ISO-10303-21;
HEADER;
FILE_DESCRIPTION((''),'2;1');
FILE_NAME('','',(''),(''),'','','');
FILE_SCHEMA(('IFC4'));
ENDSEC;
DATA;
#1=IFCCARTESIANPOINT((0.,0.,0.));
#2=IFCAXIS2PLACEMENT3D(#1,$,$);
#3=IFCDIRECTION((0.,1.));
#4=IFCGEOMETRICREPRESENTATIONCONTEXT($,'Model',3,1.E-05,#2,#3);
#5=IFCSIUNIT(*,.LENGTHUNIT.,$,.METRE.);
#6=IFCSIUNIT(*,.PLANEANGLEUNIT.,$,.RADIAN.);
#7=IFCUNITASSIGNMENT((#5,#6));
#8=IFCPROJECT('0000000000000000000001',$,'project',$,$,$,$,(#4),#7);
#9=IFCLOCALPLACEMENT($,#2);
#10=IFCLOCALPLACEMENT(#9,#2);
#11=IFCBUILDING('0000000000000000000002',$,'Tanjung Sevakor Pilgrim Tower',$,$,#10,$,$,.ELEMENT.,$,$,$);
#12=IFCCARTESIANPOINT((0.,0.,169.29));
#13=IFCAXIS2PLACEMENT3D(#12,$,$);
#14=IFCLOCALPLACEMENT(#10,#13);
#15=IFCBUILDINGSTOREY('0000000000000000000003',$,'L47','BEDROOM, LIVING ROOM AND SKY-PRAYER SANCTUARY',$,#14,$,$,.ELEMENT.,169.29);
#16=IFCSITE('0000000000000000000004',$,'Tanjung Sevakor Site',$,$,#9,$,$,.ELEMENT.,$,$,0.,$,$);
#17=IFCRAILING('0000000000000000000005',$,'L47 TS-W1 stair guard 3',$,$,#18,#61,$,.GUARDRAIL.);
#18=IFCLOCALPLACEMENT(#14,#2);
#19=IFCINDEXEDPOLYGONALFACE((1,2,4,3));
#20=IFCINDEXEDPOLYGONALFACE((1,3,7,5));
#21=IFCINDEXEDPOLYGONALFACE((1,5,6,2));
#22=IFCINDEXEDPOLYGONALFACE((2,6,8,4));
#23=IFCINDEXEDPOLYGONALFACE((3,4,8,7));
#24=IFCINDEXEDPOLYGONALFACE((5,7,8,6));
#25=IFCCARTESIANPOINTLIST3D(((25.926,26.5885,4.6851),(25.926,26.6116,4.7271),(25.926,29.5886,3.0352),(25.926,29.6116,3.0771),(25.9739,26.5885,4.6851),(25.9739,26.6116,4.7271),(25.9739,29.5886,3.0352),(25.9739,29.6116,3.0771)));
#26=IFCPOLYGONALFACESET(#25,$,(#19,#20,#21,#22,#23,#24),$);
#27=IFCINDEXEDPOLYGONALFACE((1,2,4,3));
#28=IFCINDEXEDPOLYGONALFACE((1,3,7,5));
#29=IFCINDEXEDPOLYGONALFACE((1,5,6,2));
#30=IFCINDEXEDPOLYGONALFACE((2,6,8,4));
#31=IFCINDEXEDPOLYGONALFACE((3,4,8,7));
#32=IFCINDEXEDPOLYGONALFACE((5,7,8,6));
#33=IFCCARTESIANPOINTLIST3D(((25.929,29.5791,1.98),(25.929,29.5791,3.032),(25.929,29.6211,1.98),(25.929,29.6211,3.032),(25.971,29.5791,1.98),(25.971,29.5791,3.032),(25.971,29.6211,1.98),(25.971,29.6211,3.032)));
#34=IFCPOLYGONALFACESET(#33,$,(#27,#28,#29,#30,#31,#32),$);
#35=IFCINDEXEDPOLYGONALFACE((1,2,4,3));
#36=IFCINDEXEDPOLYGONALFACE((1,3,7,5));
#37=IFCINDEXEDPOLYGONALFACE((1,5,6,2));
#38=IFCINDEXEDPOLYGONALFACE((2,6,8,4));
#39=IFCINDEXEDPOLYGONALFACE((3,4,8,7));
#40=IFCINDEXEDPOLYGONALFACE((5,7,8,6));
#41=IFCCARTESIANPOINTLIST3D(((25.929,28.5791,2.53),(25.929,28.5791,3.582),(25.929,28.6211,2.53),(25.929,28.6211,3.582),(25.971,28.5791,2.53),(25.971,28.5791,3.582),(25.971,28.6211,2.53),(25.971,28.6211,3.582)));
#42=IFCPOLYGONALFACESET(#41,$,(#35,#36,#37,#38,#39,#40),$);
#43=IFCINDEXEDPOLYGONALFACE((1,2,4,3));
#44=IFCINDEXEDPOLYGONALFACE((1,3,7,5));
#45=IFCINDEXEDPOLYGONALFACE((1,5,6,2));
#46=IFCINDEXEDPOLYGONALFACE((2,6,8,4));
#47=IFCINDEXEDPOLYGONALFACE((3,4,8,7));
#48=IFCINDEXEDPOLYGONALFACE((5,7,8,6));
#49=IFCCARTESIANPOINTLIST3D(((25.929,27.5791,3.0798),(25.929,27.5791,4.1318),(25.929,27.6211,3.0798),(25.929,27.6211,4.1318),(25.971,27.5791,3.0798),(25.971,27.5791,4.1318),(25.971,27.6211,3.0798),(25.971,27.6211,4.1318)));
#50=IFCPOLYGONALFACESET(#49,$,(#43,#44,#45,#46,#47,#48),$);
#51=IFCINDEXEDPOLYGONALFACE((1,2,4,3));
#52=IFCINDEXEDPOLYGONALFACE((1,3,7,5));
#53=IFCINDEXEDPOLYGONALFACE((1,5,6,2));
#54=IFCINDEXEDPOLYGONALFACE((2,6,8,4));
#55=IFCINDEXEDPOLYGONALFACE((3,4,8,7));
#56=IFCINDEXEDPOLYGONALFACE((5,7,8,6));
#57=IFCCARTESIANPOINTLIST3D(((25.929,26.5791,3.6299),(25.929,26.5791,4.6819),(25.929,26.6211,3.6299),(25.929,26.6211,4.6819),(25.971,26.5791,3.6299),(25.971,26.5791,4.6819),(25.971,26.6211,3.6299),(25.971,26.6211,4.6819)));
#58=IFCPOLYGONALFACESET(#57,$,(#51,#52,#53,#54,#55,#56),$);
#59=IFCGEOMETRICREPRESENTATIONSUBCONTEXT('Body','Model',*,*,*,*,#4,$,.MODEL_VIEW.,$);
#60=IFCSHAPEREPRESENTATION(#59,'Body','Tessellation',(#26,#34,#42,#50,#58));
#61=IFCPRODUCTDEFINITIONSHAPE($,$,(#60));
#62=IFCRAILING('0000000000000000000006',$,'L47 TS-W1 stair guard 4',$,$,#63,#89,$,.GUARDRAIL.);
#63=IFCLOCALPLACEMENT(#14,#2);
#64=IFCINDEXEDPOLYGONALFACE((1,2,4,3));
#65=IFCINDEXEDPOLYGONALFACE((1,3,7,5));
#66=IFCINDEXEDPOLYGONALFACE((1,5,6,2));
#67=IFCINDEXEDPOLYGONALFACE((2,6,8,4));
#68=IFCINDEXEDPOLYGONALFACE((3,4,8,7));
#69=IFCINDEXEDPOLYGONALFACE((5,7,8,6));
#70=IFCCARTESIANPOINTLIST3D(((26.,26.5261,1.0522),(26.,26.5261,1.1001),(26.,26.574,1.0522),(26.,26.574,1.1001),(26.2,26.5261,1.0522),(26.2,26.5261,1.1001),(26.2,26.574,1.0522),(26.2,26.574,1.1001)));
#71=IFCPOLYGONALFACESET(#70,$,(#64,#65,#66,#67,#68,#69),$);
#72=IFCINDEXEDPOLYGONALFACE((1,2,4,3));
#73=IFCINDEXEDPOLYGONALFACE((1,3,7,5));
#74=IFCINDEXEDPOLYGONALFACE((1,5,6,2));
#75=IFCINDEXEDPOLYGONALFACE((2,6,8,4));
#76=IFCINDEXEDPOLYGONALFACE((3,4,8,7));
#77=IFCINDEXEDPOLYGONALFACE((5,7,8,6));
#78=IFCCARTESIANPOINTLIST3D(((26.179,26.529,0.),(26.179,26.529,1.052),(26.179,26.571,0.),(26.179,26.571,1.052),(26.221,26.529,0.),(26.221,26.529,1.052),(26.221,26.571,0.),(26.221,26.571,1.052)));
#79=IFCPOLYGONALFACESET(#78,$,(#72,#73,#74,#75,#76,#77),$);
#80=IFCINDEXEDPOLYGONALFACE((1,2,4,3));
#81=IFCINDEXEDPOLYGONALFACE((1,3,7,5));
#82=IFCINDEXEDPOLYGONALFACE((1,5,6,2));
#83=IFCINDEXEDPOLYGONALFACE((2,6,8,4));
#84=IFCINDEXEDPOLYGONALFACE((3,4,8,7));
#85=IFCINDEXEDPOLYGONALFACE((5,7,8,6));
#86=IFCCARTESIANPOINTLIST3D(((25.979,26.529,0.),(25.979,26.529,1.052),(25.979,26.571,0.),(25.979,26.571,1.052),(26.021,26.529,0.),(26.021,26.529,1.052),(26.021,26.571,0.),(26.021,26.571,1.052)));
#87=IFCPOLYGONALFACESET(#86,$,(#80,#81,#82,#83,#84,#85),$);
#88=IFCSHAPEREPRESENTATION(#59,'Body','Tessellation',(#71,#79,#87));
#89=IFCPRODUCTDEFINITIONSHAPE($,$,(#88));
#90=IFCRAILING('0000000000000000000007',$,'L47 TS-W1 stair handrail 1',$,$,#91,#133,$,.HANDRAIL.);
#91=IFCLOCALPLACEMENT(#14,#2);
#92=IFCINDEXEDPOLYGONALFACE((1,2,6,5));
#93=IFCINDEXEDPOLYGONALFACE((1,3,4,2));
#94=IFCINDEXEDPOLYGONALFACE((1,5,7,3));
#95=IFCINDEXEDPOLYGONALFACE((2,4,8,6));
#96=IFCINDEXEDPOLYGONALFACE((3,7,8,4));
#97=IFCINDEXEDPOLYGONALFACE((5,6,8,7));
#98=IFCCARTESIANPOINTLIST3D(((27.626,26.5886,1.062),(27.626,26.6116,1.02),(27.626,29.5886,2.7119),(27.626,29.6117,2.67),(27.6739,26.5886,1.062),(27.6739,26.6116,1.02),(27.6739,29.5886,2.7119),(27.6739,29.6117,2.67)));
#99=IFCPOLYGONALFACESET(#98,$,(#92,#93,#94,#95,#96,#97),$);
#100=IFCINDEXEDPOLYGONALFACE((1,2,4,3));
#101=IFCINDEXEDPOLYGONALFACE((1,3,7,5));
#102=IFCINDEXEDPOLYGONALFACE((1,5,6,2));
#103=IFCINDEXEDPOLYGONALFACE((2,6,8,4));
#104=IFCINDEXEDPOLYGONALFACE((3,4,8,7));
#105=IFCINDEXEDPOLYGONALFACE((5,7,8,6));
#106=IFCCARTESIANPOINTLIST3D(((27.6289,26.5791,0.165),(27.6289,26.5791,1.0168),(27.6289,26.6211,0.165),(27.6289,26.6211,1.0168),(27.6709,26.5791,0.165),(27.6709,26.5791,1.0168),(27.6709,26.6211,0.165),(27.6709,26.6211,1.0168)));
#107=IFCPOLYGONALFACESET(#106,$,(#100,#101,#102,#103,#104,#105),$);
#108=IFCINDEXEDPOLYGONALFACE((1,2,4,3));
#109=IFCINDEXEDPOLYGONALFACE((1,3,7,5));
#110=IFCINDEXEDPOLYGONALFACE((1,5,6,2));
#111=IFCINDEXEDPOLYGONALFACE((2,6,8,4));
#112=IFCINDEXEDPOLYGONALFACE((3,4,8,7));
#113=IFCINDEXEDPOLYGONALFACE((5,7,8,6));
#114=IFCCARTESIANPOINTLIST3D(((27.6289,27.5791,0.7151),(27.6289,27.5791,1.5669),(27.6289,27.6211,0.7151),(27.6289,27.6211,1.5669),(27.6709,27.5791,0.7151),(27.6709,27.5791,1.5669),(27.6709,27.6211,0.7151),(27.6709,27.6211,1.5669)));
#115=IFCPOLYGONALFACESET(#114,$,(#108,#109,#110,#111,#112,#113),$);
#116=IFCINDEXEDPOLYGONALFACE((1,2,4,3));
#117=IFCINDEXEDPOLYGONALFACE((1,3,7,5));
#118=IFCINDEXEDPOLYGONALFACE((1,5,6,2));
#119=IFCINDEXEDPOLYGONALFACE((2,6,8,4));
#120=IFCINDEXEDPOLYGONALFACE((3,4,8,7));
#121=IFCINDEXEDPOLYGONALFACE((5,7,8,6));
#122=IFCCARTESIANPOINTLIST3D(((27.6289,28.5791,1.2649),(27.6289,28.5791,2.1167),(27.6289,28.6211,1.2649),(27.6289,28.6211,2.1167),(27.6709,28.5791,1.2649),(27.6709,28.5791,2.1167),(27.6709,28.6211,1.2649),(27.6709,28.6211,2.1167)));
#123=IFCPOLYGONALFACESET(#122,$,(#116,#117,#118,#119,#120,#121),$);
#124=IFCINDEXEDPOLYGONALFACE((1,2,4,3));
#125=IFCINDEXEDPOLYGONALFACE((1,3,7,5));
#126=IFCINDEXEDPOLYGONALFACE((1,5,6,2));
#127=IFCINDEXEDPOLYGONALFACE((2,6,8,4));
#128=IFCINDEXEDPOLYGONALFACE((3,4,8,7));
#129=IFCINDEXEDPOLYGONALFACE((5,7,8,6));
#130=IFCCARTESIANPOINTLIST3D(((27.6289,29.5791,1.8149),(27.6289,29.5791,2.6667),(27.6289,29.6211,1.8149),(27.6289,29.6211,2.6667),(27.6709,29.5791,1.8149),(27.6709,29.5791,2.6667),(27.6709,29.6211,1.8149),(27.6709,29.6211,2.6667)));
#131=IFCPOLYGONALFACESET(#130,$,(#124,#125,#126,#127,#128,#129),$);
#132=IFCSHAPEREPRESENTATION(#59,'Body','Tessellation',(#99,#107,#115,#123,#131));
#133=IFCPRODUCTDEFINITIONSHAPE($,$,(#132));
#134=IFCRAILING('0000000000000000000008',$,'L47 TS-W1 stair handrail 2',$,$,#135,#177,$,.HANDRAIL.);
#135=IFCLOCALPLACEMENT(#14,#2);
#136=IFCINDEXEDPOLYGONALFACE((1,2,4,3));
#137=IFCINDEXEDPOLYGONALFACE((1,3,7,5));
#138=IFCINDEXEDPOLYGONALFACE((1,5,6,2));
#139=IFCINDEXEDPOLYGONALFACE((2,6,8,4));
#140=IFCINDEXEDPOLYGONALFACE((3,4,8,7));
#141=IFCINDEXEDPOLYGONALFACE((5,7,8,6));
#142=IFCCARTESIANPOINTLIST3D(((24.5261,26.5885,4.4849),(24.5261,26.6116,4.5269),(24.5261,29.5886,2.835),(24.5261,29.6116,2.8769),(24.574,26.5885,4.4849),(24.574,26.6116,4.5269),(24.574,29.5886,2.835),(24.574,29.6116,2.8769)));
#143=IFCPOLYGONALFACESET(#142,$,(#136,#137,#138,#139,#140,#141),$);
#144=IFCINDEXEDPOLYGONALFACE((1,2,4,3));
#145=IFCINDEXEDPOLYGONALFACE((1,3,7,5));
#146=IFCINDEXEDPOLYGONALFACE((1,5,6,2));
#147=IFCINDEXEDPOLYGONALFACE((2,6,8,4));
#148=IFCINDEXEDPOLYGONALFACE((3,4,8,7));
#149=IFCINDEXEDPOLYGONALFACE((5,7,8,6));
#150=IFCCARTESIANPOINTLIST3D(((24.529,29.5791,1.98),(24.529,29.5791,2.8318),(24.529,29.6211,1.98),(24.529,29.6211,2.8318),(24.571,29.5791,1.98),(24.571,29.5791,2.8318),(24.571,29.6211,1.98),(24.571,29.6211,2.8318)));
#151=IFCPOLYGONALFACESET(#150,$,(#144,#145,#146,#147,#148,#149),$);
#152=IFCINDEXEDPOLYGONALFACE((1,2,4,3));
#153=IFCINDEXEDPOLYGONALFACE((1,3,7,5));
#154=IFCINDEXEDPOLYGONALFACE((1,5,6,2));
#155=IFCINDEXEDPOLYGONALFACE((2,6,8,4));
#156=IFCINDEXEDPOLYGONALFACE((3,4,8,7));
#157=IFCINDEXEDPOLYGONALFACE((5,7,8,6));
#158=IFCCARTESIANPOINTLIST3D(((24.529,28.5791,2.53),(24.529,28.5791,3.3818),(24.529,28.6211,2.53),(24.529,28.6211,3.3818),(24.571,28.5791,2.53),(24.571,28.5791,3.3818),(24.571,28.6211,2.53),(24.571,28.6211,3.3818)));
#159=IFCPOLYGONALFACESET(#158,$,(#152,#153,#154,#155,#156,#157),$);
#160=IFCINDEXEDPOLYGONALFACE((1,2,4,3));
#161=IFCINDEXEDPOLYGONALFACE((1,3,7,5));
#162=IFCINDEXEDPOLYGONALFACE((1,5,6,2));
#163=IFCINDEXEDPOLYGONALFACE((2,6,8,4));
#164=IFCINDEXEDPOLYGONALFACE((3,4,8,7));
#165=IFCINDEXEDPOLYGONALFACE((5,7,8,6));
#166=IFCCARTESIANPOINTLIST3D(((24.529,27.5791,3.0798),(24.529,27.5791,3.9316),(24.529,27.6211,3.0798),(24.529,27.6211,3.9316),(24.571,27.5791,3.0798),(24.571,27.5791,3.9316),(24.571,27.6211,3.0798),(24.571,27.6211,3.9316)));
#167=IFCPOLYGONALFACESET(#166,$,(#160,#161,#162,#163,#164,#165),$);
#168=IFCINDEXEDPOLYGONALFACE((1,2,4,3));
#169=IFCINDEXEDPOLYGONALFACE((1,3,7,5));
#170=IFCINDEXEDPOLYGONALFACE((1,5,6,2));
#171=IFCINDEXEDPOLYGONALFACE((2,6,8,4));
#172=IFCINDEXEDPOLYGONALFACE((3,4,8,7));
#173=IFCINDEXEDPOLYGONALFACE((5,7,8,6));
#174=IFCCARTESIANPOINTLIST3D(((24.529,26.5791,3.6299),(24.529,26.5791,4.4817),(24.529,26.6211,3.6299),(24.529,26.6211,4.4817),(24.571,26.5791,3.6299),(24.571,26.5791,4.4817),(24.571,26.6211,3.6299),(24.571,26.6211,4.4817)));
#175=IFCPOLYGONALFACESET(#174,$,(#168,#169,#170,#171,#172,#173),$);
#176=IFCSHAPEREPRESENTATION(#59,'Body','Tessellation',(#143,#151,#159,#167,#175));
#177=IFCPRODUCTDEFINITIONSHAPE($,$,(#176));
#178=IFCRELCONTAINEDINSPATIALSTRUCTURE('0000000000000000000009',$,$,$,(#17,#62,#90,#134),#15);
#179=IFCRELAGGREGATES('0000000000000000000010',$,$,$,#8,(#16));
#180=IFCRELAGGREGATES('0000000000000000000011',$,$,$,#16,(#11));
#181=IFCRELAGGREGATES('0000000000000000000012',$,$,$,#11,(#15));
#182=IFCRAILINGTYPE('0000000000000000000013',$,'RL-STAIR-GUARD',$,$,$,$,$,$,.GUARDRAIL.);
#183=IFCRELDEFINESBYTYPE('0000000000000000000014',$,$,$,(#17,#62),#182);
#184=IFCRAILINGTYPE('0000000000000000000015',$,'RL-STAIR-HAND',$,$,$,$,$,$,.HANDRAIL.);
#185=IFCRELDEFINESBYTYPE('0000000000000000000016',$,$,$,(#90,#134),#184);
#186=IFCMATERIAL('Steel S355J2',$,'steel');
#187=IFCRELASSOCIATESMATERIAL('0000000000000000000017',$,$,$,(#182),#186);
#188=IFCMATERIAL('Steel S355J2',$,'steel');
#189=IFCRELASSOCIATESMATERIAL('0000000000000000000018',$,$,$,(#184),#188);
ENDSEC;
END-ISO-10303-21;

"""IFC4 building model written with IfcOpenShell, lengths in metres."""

from ifc_helpers import new_model, si_unit, direction, frame, origin, place, context, subcontext, project, spatial, rectangle, extrude, material, type_object, element, save


model = new_model("IFC4")

# Units and contexts
model_context = context("Model", 3, precision=1e-05, world=origin(), true_north=direction((0.0, 1.0)))
body_context = subcontext(model_context, "Body", "Model", "MODEL_VIEW")
ifc_project = project(units=[si_unit("LENGTHUNIT", "METRE"), si_unit("PLANEANGLEUNIT", "RADIAN")], contexts=[model_context])

# Site, building, storey
site_placement = place(None, origin())
site = spatial("IfcSite", under=ifc_project, at=site_placement, Name="Tanjung Sevakor Site", CompositionType="ELEMENT", RefElevation=0.0)
building_placement = place(site_placement, origin())
building = spatial("IfcBuilding", under=site, at=building_placement, Name="Tanjung Sevakor Pilgrim Tower", CompositionType="ELEMENT")
storey_placement = place(building_placement, frame((0.0, 0.0, 169.29)))
storey = spatial("IfcBuildingStorey", under=building, at=storey_placement, Name="L47", Description="BEDROOM, LIVING ROOM AND SKY-PRAYER SANCTUARY", CompositionType="ELEMENT", Elevation=169.29)

# Railings
ifc_material_1 = material(Name="Steel S355J2", Category="steel")
railing_type_1 = type_object("IfcRailingType", Name="RL-STAIR-GUARD", PredefinedType="GUARDRAIL", material=ifc_material_1)
railing_1_placement = place(storey_placement, frame((25.95, 29.6001, 1.98)))
element("IfcRailing", 1, at=railing_1_placement, inside=storey, type_object=railing_type_1, Name="L47 TS-W1 stair guard 3", PredefinedType="GUARDRAIL", context=body_context, shape_type="SweptSolid", body=[
    extrude(rectangle(XDim=0.0479, YDim=0.0479), frame((0.0, 0.0, 1.0762), z_axis=(0.0, -0.876228, 0.481897), x_axis=(1.0, 0.0, 0.0)), (0.0, 0.0, 1.0), 3.4238),
    extrude(rectangle(XDim=0.042, YDim=0.042), origin(), (0.0, 0.0, 1.0), 1.052),
    extrude(rectangle(XDim=0.042, YDim=0.042), frame((0.0, -1.0, 0.55)), (0.0, 0.0, 1.0), 1.052),
    extrude(rectangle(XDim=0.042, YDim=0.042), frame((0.0, -2.0, 1.0999)), (0.0, 0.0, 1.0), 1.052),
    extrude(rectangle(XDim=0.042, YDim=0.042), frame((0.0, -3.0, 1.6499)), (0.0, 0.0, 1.0), 1.052),
])
railing_2_placement = place(storey_placement, frame((26.2, 26.55, 0.0)))
element("IfcRailing", 2, at=railing_2_placement, inside=storey, type_object=railing_type_1, Name="L47 TS-W1 stair guard 4", PredefinedType="GUARDRAIL", context=body_context, shape_type="SweptSolid", body=[
    extrude(rectangle(XDim=0.0479, YDim=0.0479), frame((0.0, 0.0, 1.0762), z_axis=(-1.0, 0.0, 0.0), x_axis=(0.0, -1.0, 0.0)), (0.0, 0.0, 1.0), 0.2),
    extrude(rectangle(XDim=0.042, YDim=0.042), origin(), (0.0, 0.0, 1.0), 1.052),
    extrude(rectangle(XDim=0.042, YDim=0.042), frame((-0.2, 0.0, 0.0)), (0.0, 0.0, 1.0), 1.052),
])
ifc_material_2 = material(Name="Steel S355J2", Category="steel")
railing_type_2 = type_object("IfcRailingType", Name="RL-STAIR-HAND", PredefinedType="HANDRAIL", material=ifc_material_2)
railing_3_placement = place(storey_placement, frame((27.6499, 26.6001, 0.165)))
element("IfcRailing", 3, at=railing_3_placement, inside=storey, type_object=railing_type_2, Name="L47 TS-W1 stair handrail 1", PredefinedType="HANDRAIL", context=body_context, shape_type="SweptSolid", body=[
    extrude(rectangle(XDim=0.0479, YDim=0.0479), frame((0.0, 0.0, 0.876), z_axis=(0.0, 0.876228, 0.481897), x_axis=(-1.0, 0.0, 0.0)), (0.0, 0.0, 1.0), 3.4238),
    extrude(rectangle(XDim=0.042, YDim=0.042), origin(), (0.0, 0.0, 1.0), 0.8518),
    extrude(rectangle(XDim=0.042, YDim=0.042), frame((0.0, 1.0, 0.55)), (0.0, 0.0, 1.0), 0.8518),
    extrude(rectangle(XDim=0.042, YDim=0.042), frame((0.0, 2.0, 1.0999)), (0.0, 0.0, 1.0), 0.8518),
    extrude(rectangle(XDim=0.042, YDim=0.042), frame((0.0, 3.0, 1.6499)), (0.0, 0.0, 1.0), 0.8518),
])
railing_4_placement = place(storey_placement, frame((24.55, 29.6001, 1.98)))
element("IfcRailing", 4, at=railing_4_placement, inside=storey, type_object=railing_type_2, Name="L47 TS-W1 stair handrail 2", PredefinedType="HANDRAIL", context=body_context, shape_type="SweptSolid", body=[
    extrude(rectangle(XDim=0.0479, YDim=0.0479), frame((0.0, 0.0, 0.876), z_axis=(0.0, -0.876228, 0.481897), x_axis=(1.0, 0.0, 0.0)), (0.0, 0.0, 1.0), 3.4238),
    extrude(rectangle(XDim=0.042, YDim=0.042), origin(), (0.0, 0.0, 1.0), 0.8518),
    extrude(rectangle(XDim=0.042, YDim=0.042), frame((0.0, -1.0, 0.55)), (0.0, 0.0, 1.0), 0.8518),
    extrude(rectangle(XDim=0.042, YDim=0.042), frame((0.0, -2.0, 1.0999)), (0.0, 0.0, 1.0), 0.8518),
    extrude(rectangle(XDim=0.042, YDim=0.042), frame((0.0, -3.0, 1.6499)), (0.0, 0.0, 1.0), 0.8518),
])

save(model, "model.ifc")
